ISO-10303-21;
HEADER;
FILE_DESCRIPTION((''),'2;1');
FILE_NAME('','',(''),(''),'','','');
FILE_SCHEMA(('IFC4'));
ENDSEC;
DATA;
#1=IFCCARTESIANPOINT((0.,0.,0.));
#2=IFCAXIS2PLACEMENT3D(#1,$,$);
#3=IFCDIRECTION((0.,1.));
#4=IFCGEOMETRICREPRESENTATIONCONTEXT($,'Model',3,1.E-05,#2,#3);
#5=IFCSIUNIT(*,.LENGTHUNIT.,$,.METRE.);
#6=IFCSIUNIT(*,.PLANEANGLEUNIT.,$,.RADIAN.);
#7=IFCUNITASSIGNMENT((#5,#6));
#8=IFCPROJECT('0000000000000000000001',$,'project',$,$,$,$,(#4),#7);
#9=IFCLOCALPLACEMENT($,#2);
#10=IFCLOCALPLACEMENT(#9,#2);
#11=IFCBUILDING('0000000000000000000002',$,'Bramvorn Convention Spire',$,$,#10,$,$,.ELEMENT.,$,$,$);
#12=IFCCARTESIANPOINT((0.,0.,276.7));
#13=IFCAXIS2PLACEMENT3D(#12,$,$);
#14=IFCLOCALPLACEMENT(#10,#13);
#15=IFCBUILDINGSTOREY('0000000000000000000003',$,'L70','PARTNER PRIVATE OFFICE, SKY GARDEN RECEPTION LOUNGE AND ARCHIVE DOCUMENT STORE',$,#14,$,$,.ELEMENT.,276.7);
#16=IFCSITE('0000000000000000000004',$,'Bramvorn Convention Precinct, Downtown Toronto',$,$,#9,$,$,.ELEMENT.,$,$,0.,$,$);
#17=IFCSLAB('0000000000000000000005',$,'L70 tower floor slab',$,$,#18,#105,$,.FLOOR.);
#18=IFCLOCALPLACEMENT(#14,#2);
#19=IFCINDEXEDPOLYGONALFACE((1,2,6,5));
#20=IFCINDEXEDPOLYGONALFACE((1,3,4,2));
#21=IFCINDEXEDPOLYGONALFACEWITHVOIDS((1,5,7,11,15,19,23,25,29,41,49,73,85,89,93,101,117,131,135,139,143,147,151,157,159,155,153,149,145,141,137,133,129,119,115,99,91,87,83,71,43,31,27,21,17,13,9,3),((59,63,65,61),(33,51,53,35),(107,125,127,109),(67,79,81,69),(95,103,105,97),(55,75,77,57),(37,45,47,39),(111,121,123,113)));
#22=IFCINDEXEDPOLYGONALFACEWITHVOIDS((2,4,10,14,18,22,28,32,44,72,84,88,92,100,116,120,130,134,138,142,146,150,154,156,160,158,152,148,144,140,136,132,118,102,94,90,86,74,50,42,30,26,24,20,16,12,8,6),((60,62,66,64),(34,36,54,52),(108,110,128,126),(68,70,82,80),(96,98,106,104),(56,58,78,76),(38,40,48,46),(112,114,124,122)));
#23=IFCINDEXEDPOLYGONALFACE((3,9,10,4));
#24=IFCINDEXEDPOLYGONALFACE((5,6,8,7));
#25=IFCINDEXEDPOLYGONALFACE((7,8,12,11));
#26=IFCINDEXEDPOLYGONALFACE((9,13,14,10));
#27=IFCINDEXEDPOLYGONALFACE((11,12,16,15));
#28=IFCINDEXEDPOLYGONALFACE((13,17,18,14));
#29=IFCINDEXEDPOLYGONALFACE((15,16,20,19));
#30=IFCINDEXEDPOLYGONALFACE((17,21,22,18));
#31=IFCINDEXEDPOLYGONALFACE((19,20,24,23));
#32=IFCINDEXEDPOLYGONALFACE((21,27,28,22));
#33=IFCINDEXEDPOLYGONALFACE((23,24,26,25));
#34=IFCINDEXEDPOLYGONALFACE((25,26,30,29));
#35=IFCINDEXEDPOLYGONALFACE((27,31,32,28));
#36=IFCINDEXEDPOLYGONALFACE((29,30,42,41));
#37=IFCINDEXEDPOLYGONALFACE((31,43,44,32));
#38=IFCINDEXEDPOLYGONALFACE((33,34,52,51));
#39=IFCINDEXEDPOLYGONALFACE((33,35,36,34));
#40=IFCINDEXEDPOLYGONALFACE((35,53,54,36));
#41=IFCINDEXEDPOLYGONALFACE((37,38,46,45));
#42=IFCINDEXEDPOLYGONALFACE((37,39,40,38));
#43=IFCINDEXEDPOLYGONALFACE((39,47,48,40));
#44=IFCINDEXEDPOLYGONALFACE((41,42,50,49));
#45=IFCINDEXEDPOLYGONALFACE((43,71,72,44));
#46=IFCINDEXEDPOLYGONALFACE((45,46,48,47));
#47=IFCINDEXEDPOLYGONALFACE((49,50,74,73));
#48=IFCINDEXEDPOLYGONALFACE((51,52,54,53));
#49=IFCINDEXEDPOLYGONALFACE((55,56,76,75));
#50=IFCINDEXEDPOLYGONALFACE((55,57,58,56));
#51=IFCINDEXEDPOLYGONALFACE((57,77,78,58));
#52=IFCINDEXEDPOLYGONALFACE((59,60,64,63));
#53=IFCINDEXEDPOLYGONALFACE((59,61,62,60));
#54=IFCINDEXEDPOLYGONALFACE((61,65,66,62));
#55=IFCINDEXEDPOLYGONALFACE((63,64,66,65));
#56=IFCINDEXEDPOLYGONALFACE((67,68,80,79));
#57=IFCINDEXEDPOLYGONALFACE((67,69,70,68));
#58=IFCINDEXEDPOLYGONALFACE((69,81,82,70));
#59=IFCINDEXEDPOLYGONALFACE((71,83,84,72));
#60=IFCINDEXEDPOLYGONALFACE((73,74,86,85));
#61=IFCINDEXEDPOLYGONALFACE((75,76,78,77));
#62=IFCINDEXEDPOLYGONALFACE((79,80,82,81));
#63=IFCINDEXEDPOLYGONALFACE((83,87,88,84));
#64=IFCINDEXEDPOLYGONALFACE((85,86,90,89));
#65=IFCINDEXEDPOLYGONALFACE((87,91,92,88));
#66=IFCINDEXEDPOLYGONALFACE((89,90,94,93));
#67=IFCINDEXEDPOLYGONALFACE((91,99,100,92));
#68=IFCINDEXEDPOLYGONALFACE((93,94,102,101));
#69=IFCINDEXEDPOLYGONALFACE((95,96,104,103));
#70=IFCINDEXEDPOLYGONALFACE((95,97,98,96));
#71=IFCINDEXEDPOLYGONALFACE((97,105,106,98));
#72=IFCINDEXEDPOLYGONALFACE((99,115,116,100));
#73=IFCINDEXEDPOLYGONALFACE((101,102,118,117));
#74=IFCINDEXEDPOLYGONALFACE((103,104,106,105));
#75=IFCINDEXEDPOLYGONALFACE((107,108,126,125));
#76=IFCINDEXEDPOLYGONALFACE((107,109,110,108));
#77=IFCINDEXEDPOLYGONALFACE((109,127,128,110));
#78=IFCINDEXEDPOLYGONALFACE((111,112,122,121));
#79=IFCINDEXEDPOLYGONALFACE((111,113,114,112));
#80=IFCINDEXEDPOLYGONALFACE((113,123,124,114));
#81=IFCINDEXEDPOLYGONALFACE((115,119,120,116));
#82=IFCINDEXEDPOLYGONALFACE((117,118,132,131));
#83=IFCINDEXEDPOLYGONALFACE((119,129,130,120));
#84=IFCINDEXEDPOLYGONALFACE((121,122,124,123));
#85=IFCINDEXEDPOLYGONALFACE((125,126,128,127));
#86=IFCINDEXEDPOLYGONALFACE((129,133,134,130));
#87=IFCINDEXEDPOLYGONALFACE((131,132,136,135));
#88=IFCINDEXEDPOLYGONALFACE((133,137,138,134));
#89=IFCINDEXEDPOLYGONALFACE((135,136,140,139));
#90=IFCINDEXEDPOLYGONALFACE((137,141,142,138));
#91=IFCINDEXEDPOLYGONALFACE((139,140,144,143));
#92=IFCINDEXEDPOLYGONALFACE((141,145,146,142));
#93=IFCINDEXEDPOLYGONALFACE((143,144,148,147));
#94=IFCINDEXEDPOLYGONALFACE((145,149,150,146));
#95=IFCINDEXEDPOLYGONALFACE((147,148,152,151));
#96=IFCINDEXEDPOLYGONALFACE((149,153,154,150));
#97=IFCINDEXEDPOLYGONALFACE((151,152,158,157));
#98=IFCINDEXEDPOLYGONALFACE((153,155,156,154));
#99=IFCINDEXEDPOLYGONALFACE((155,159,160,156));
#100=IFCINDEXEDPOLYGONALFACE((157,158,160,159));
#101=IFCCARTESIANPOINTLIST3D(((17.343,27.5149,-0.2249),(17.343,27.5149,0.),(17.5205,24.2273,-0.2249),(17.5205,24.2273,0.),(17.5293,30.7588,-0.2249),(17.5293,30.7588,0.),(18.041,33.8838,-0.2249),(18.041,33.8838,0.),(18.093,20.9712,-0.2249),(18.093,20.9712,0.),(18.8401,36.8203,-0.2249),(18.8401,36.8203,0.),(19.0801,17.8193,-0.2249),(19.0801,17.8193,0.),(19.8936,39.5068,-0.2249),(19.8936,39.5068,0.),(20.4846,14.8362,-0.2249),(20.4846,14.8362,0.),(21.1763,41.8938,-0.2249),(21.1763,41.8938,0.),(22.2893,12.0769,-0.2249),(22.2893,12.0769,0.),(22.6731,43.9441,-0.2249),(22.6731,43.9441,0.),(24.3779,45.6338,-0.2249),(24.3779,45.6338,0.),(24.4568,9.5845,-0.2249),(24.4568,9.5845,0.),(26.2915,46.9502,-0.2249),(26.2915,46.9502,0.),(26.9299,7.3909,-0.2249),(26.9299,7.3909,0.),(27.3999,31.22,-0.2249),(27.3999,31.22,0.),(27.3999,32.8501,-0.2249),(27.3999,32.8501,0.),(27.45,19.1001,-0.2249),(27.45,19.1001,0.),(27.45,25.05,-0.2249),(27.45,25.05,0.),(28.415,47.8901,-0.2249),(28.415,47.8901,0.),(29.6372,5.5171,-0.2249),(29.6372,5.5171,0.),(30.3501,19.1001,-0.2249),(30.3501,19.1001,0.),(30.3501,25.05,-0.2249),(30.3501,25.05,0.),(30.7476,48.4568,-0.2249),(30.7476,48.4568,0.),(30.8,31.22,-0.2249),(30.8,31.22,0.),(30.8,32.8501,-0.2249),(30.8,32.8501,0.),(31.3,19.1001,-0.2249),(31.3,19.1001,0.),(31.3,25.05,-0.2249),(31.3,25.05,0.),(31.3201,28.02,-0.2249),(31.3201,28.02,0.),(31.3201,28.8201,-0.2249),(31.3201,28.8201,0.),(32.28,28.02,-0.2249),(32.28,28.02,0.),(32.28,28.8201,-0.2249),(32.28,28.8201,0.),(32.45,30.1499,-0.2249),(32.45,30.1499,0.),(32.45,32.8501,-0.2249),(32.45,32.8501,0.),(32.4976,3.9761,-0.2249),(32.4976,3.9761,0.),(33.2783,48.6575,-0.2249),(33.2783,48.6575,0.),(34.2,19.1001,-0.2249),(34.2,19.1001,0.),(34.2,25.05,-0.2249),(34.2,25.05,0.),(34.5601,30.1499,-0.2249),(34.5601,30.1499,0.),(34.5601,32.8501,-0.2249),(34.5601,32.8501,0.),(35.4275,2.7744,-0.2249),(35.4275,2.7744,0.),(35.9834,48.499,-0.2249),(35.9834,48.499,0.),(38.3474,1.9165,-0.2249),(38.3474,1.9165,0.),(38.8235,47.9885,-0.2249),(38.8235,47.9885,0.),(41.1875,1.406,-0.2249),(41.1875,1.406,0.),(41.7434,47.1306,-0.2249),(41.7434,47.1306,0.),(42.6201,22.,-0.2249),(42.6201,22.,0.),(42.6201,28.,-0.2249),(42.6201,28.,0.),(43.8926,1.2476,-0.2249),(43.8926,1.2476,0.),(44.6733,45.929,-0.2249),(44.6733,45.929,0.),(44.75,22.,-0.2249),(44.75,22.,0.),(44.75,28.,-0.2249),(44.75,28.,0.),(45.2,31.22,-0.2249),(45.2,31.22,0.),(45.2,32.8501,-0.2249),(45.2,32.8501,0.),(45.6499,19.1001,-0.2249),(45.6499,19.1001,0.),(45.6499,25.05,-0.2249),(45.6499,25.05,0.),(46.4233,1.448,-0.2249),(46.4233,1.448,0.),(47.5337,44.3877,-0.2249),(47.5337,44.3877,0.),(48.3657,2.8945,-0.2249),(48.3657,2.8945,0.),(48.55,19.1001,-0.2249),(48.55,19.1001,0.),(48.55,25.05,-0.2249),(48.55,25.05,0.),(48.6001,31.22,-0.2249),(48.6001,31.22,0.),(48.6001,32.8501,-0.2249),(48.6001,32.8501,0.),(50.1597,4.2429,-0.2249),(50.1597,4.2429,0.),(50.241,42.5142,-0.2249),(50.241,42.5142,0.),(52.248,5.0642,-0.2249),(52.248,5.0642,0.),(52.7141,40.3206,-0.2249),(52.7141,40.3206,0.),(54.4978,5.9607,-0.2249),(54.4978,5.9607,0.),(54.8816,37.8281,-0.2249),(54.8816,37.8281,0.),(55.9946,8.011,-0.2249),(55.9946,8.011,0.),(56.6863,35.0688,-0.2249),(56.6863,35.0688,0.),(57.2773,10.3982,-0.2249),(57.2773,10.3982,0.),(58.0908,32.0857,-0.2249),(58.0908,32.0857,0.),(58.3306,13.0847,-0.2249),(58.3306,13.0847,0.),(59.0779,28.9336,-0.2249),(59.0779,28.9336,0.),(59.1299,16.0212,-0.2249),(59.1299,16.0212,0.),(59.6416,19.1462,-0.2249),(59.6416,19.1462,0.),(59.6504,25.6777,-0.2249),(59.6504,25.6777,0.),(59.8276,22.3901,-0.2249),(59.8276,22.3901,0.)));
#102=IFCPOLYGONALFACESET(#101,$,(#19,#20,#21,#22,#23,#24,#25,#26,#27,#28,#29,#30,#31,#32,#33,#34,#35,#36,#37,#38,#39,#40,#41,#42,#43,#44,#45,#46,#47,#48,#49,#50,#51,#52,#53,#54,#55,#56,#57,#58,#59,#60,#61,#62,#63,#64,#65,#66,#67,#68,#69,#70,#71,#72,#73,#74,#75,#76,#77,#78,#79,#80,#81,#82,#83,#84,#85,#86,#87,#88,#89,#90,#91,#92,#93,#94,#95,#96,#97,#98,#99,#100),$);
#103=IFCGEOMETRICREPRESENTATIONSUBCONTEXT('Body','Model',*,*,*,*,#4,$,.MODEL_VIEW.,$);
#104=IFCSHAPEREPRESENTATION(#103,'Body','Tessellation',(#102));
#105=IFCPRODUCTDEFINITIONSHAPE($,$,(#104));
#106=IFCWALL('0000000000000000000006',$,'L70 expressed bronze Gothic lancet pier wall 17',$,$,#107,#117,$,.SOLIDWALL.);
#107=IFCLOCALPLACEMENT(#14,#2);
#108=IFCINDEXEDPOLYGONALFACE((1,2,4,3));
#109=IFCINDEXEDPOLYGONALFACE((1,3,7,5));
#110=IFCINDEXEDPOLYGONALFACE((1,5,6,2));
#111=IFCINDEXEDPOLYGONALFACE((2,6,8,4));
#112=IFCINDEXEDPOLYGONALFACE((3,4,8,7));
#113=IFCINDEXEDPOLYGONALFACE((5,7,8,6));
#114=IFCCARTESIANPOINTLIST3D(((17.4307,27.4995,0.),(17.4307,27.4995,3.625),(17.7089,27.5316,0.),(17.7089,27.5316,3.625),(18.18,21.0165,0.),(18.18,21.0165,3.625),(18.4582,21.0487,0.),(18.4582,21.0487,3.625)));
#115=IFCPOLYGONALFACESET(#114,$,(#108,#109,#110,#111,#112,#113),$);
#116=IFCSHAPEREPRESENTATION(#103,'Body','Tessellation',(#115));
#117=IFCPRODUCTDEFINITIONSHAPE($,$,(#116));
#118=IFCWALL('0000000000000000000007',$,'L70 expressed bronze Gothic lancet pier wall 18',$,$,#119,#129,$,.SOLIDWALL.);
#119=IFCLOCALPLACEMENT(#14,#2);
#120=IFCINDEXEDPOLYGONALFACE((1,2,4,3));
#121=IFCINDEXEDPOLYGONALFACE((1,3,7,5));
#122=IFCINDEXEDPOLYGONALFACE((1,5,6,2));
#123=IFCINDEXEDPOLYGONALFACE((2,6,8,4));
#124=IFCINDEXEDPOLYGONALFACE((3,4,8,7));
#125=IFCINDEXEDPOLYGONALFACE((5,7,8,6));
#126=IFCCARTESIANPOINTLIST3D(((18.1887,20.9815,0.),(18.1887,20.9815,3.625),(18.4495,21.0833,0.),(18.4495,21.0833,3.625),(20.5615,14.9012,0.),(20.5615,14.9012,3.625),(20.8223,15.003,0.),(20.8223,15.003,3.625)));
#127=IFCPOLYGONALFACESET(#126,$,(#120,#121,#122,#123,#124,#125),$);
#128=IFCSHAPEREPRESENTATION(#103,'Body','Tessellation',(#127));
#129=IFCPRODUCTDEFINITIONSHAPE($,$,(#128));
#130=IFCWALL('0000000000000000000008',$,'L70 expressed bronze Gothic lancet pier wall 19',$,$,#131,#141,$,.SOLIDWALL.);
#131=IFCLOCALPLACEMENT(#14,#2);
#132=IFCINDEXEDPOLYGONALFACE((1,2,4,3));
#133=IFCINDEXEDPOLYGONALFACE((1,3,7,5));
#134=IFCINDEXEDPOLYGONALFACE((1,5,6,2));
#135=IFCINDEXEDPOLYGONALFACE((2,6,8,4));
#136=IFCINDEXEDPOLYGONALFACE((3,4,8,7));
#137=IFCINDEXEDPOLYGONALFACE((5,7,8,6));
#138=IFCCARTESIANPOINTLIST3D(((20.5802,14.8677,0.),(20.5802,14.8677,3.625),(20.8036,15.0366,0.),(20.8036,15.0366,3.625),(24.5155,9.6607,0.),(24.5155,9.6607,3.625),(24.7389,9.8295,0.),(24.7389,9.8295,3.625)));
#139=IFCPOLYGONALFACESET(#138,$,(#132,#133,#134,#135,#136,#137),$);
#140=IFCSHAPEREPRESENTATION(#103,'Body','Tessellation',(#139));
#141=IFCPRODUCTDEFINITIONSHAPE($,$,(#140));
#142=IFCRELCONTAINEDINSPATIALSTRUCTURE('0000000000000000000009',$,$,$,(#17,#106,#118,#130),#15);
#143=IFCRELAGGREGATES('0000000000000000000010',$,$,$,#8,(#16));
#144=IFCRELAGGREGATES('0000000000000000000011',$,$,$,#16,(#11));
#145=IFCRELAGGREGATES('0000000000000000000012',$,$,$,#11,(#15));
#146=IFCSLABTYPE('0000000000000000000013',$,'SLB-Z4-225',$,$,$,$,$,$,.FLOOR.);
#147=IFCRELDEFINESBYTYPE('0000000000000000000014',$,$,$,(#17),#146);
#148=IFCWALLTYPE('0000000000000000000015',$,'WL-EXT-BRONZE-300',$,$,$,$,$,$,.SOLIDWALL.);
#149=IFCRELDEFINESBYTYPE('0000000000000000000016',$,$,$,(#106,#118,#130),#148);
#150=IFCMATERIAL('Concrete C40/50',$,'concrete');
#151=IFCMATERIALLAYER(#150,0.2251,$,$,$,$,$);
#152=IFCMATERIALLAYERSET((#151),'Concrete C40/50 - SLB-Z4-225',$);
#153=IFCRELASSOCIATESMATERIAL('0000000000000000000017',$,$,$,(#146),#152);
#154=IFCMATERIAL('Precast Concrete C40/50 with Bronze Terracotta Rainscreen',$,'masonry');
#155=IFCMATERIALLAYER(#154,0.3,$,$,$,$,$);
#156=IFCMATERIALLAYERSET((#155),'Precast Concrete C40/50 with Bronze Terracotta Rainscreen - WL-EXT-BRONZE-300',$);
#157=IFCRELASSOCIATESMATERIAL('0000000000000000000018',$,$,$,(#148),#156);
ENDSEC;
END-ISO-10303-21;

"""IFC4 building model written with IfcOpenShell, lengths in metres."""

from ifc_helpers import new_model, si_unit, direction, frame, frame_2d, origin, place, context, subcontext, project, spatial, polyline, rectangle, outline, extrude, material, layer, layer_set, type_object, element, save


model = new_model("IFC4")

# Units and contexts
model_context = context("Model", 3, precision=1e-05, world=origin(), true_north=direction((0.0, 1.0)))
body_context = subcontext(model_context, "Body", "Model", "MODEL_VIEW")
ifc_project = project(units=[si_unit("LENGTHUNIT", "METRE"), si_unit("PLANEANGLEUNIT", "RADIAN")], contexts=[model_context])

# Site, building, storey
site_placement = place(None, origin())
site = spatial("IfcSite", under=ifc_project, at=site_placement, Name="Bramvorn Convention Precinct, Downtown Toronto", CompositionType="ELEMENT", RefElevation=0.0)
building_placement = place(site_placement, origin())
building = spatial("IfcBuilding", under=site, at=building_placement, Name="Bramvorn Convention Spire", CompositionType="ELEMENT")
storey_placement = place(building_placement, frame((0.0, 0.0, 276.7)))
storey = spatial("IfcBuildingStorey", under=building, at=storey_placement, Name="L70", Description="PARTNER PRIVATE OFFICE, SKY GARDEN RECEPTION LOUNGE AND ARCHIVE DOCUMENT STORE", CompositionType="ELEMENT", Elevation=276.7)

# Slab
ifc_material_1 = material(Name="Concrete C40/50", Category="concrete")
ifc_layer_1 = layer(ifc_material_1, 0.2251)
ifc_layer_set_1 = layer_set([ifc_layer_1], Name="Concrete C40/50 - SLB-Z4-225")
slab_type_1 = type_object("IfcSlabType", Name="SLB-Z4-225", PredefinedType="FLOOR", material=ifc_layer_set_1)
slab_1_placement = place(storey_placement, frame((0.0, 0.0, -0.2249)))
element("IfcSlab", 1, at=slab_1_placement, inside=storey, type_object=slab_type_1, Name="L70 tower floor slab", PredefinedType="FLOOR", context=body_context, shape_type="SweptSolid", body=[
    extrude(outline(polyline([(50.1597, 4.2429), (52.248, 5.0642), (54.4978, 5.9607), (55.9946, 8.011), (57.2773, 10.3982), (58.3306, 13.0847), (59.1299, 16.0212), (59.6416, 19.1462), (59.8276, 22.3901), (59.6504, 25.6777), (59.0779, 28.9336), (58.0908, 32.0857), (56.6863, 35.0688), (54.8816, 37.8281), (52.7141, 40.3206), (50.241, 42.5142), (47.5337, 44.3877), (44.6733, 45.929), (41.7434, 47.1306), (38.8235, 47.9885), (35.9834, 48.499), (33.2783, 48.6575), (30.7476, 48.4568), (28.415, 47.8901), (26.2915, 46.9502), (24.3779, 45.6338), (22.6731, 43.9441), (21.1763, 41.8938), (19.8936, 39.5068), (18.8401, 36.8203), (18.041, 33.8838), (17.5293, 30.7588), (17.343, 27.5149), (17.5205, 24.2273), (18.093, 20.9712), (19.0801, 17.8193), (20.4846, 14.8362), (22.2893, 12.0769), (24.4568, 9.5845), (26.9299, 7.3909), (29.6372, 5.5171), (32.4976, 3.9761), (35.4275, 2.7744), (38.3474, 1.9165), (41.1875, 1.406), (43.8926, 1.2476), (46.4233, 1.448), (48.3657, 2.8945), (50.1597, 4.2429)]), holes=[polyline([(27.45, 25.05), (27.45, 19.1001), (30.3501, 19.1001), (30.3501, 25.05), (27.45, 25.05)]), polyline([(45.6499, 25.05), (45.6499, 19.1001), (48.55, 19.1001), (48.55, 25.05), (45.6499, 25.05)]), polyline([(31.3, 25.05), (31.3, 19.1001), (34.2, 19.1001), (34.2, 25.05), (31.3, 25.05)]), polyline([(27.3999, 31.22), (30.8, 31.22), (30.8, 32.8501), (27.3999, 32.8501), (27.3999, 31.22)]), polyline([(45.2, 31.22), (48.6001, 31.22), (48.6001, 32.8501), (45.2, 32.8501), (45.2, 31.22)]), polyline([(32.45, 30.1499), (34.5601, 30.1499), (34.5601, 32.8501), (32.45, 32.8501), (32.45, 30.1499)]), polyline([(42.6201, 22.0), (44.75, 22.0), (44.75, 28.0), (42.6201, 28.0), (42.6201, 22.0)]), polyline([(31.3201, 28.02), (32.28, 28.02), (32.28, 28.8201), (31.3201, 28.8201), (31.3201, 28.02)])]), origin(), (0.0, 0.0, 1.0), 0.2249),
])

# Walls
ifc_material_2 = material(Name="Precast Concrete C40/50 with Bronze Terracotta Rainscreen", Category="masonry")
ifc_layer_2 = layer(ifc_material_2, 0.3)
ifc_layer_set_2 = layer_set([ifc_layer_2], Name="Precast Concrete C40/50 with Bronze Terracotta Rainscreen - WL-EXT-BRONZE-300")
wall_type_1 = type_object("IfcWallType", Name="WL-EXT-BRONZE-300", PredefinedType="SOLIDWALL", material=ifc_layer_set_2)
wall_1_placement = place(storey_placement, frame((18.3191, 21.0325, 0.0), z_axis=(0.0, 0.0, 1.0), x_axis=(-0.114812, 0.993387, 0.0)))
element("IfcWall", 2, at=wall_1_placement, inside=storey, type_object=wall_type_1, Name="L70 expressed bronze Gothic lancet pier wall 17", PredefinedType="SOLIDWALL", context=body_context, shape_type="SweptSolid", body=[
    extrude(rectangle(XDim=6.5261, YDim=0.28, at=frame_2d((3.2632, 0.0))), origin(), (0.0, 0.0, 1.0), 3.625),
])
for number, where, z_axis, x_axis, name in (
    (3, (20.6919, 14.9521, 0.0), (0.0, 0.0, 1.0), (-0.363542, 0.931578, 0.0), "L70 expressed bronze Gothic lancet pier wall 18"),
    (4, (24.6272, 9.7451, 0.0), (0.0, 0.0, 1.0), (-0.602941, 0.797786, 0.0), "L70 expressed bronze Gothic lancet pier wall 19"),
):
    element("IfcWall", number, at=place(storey_placement, frame(where, z_axis=z_axis, x_axis=x_axis)), inside=storey, type_object=wall_type_1, Name=name, PredefinedType="SOLIDWALL", context=body_context, shape_type="SweptSolid", body=[
        extrude(rectangle(XDim=6.5269, YDim=0.28, at=frame_2d((3.2634, 0.0))), origin(), (0.0, 0.0, 1.0), 3.625),
    ])

save(model, "model.ifc")
